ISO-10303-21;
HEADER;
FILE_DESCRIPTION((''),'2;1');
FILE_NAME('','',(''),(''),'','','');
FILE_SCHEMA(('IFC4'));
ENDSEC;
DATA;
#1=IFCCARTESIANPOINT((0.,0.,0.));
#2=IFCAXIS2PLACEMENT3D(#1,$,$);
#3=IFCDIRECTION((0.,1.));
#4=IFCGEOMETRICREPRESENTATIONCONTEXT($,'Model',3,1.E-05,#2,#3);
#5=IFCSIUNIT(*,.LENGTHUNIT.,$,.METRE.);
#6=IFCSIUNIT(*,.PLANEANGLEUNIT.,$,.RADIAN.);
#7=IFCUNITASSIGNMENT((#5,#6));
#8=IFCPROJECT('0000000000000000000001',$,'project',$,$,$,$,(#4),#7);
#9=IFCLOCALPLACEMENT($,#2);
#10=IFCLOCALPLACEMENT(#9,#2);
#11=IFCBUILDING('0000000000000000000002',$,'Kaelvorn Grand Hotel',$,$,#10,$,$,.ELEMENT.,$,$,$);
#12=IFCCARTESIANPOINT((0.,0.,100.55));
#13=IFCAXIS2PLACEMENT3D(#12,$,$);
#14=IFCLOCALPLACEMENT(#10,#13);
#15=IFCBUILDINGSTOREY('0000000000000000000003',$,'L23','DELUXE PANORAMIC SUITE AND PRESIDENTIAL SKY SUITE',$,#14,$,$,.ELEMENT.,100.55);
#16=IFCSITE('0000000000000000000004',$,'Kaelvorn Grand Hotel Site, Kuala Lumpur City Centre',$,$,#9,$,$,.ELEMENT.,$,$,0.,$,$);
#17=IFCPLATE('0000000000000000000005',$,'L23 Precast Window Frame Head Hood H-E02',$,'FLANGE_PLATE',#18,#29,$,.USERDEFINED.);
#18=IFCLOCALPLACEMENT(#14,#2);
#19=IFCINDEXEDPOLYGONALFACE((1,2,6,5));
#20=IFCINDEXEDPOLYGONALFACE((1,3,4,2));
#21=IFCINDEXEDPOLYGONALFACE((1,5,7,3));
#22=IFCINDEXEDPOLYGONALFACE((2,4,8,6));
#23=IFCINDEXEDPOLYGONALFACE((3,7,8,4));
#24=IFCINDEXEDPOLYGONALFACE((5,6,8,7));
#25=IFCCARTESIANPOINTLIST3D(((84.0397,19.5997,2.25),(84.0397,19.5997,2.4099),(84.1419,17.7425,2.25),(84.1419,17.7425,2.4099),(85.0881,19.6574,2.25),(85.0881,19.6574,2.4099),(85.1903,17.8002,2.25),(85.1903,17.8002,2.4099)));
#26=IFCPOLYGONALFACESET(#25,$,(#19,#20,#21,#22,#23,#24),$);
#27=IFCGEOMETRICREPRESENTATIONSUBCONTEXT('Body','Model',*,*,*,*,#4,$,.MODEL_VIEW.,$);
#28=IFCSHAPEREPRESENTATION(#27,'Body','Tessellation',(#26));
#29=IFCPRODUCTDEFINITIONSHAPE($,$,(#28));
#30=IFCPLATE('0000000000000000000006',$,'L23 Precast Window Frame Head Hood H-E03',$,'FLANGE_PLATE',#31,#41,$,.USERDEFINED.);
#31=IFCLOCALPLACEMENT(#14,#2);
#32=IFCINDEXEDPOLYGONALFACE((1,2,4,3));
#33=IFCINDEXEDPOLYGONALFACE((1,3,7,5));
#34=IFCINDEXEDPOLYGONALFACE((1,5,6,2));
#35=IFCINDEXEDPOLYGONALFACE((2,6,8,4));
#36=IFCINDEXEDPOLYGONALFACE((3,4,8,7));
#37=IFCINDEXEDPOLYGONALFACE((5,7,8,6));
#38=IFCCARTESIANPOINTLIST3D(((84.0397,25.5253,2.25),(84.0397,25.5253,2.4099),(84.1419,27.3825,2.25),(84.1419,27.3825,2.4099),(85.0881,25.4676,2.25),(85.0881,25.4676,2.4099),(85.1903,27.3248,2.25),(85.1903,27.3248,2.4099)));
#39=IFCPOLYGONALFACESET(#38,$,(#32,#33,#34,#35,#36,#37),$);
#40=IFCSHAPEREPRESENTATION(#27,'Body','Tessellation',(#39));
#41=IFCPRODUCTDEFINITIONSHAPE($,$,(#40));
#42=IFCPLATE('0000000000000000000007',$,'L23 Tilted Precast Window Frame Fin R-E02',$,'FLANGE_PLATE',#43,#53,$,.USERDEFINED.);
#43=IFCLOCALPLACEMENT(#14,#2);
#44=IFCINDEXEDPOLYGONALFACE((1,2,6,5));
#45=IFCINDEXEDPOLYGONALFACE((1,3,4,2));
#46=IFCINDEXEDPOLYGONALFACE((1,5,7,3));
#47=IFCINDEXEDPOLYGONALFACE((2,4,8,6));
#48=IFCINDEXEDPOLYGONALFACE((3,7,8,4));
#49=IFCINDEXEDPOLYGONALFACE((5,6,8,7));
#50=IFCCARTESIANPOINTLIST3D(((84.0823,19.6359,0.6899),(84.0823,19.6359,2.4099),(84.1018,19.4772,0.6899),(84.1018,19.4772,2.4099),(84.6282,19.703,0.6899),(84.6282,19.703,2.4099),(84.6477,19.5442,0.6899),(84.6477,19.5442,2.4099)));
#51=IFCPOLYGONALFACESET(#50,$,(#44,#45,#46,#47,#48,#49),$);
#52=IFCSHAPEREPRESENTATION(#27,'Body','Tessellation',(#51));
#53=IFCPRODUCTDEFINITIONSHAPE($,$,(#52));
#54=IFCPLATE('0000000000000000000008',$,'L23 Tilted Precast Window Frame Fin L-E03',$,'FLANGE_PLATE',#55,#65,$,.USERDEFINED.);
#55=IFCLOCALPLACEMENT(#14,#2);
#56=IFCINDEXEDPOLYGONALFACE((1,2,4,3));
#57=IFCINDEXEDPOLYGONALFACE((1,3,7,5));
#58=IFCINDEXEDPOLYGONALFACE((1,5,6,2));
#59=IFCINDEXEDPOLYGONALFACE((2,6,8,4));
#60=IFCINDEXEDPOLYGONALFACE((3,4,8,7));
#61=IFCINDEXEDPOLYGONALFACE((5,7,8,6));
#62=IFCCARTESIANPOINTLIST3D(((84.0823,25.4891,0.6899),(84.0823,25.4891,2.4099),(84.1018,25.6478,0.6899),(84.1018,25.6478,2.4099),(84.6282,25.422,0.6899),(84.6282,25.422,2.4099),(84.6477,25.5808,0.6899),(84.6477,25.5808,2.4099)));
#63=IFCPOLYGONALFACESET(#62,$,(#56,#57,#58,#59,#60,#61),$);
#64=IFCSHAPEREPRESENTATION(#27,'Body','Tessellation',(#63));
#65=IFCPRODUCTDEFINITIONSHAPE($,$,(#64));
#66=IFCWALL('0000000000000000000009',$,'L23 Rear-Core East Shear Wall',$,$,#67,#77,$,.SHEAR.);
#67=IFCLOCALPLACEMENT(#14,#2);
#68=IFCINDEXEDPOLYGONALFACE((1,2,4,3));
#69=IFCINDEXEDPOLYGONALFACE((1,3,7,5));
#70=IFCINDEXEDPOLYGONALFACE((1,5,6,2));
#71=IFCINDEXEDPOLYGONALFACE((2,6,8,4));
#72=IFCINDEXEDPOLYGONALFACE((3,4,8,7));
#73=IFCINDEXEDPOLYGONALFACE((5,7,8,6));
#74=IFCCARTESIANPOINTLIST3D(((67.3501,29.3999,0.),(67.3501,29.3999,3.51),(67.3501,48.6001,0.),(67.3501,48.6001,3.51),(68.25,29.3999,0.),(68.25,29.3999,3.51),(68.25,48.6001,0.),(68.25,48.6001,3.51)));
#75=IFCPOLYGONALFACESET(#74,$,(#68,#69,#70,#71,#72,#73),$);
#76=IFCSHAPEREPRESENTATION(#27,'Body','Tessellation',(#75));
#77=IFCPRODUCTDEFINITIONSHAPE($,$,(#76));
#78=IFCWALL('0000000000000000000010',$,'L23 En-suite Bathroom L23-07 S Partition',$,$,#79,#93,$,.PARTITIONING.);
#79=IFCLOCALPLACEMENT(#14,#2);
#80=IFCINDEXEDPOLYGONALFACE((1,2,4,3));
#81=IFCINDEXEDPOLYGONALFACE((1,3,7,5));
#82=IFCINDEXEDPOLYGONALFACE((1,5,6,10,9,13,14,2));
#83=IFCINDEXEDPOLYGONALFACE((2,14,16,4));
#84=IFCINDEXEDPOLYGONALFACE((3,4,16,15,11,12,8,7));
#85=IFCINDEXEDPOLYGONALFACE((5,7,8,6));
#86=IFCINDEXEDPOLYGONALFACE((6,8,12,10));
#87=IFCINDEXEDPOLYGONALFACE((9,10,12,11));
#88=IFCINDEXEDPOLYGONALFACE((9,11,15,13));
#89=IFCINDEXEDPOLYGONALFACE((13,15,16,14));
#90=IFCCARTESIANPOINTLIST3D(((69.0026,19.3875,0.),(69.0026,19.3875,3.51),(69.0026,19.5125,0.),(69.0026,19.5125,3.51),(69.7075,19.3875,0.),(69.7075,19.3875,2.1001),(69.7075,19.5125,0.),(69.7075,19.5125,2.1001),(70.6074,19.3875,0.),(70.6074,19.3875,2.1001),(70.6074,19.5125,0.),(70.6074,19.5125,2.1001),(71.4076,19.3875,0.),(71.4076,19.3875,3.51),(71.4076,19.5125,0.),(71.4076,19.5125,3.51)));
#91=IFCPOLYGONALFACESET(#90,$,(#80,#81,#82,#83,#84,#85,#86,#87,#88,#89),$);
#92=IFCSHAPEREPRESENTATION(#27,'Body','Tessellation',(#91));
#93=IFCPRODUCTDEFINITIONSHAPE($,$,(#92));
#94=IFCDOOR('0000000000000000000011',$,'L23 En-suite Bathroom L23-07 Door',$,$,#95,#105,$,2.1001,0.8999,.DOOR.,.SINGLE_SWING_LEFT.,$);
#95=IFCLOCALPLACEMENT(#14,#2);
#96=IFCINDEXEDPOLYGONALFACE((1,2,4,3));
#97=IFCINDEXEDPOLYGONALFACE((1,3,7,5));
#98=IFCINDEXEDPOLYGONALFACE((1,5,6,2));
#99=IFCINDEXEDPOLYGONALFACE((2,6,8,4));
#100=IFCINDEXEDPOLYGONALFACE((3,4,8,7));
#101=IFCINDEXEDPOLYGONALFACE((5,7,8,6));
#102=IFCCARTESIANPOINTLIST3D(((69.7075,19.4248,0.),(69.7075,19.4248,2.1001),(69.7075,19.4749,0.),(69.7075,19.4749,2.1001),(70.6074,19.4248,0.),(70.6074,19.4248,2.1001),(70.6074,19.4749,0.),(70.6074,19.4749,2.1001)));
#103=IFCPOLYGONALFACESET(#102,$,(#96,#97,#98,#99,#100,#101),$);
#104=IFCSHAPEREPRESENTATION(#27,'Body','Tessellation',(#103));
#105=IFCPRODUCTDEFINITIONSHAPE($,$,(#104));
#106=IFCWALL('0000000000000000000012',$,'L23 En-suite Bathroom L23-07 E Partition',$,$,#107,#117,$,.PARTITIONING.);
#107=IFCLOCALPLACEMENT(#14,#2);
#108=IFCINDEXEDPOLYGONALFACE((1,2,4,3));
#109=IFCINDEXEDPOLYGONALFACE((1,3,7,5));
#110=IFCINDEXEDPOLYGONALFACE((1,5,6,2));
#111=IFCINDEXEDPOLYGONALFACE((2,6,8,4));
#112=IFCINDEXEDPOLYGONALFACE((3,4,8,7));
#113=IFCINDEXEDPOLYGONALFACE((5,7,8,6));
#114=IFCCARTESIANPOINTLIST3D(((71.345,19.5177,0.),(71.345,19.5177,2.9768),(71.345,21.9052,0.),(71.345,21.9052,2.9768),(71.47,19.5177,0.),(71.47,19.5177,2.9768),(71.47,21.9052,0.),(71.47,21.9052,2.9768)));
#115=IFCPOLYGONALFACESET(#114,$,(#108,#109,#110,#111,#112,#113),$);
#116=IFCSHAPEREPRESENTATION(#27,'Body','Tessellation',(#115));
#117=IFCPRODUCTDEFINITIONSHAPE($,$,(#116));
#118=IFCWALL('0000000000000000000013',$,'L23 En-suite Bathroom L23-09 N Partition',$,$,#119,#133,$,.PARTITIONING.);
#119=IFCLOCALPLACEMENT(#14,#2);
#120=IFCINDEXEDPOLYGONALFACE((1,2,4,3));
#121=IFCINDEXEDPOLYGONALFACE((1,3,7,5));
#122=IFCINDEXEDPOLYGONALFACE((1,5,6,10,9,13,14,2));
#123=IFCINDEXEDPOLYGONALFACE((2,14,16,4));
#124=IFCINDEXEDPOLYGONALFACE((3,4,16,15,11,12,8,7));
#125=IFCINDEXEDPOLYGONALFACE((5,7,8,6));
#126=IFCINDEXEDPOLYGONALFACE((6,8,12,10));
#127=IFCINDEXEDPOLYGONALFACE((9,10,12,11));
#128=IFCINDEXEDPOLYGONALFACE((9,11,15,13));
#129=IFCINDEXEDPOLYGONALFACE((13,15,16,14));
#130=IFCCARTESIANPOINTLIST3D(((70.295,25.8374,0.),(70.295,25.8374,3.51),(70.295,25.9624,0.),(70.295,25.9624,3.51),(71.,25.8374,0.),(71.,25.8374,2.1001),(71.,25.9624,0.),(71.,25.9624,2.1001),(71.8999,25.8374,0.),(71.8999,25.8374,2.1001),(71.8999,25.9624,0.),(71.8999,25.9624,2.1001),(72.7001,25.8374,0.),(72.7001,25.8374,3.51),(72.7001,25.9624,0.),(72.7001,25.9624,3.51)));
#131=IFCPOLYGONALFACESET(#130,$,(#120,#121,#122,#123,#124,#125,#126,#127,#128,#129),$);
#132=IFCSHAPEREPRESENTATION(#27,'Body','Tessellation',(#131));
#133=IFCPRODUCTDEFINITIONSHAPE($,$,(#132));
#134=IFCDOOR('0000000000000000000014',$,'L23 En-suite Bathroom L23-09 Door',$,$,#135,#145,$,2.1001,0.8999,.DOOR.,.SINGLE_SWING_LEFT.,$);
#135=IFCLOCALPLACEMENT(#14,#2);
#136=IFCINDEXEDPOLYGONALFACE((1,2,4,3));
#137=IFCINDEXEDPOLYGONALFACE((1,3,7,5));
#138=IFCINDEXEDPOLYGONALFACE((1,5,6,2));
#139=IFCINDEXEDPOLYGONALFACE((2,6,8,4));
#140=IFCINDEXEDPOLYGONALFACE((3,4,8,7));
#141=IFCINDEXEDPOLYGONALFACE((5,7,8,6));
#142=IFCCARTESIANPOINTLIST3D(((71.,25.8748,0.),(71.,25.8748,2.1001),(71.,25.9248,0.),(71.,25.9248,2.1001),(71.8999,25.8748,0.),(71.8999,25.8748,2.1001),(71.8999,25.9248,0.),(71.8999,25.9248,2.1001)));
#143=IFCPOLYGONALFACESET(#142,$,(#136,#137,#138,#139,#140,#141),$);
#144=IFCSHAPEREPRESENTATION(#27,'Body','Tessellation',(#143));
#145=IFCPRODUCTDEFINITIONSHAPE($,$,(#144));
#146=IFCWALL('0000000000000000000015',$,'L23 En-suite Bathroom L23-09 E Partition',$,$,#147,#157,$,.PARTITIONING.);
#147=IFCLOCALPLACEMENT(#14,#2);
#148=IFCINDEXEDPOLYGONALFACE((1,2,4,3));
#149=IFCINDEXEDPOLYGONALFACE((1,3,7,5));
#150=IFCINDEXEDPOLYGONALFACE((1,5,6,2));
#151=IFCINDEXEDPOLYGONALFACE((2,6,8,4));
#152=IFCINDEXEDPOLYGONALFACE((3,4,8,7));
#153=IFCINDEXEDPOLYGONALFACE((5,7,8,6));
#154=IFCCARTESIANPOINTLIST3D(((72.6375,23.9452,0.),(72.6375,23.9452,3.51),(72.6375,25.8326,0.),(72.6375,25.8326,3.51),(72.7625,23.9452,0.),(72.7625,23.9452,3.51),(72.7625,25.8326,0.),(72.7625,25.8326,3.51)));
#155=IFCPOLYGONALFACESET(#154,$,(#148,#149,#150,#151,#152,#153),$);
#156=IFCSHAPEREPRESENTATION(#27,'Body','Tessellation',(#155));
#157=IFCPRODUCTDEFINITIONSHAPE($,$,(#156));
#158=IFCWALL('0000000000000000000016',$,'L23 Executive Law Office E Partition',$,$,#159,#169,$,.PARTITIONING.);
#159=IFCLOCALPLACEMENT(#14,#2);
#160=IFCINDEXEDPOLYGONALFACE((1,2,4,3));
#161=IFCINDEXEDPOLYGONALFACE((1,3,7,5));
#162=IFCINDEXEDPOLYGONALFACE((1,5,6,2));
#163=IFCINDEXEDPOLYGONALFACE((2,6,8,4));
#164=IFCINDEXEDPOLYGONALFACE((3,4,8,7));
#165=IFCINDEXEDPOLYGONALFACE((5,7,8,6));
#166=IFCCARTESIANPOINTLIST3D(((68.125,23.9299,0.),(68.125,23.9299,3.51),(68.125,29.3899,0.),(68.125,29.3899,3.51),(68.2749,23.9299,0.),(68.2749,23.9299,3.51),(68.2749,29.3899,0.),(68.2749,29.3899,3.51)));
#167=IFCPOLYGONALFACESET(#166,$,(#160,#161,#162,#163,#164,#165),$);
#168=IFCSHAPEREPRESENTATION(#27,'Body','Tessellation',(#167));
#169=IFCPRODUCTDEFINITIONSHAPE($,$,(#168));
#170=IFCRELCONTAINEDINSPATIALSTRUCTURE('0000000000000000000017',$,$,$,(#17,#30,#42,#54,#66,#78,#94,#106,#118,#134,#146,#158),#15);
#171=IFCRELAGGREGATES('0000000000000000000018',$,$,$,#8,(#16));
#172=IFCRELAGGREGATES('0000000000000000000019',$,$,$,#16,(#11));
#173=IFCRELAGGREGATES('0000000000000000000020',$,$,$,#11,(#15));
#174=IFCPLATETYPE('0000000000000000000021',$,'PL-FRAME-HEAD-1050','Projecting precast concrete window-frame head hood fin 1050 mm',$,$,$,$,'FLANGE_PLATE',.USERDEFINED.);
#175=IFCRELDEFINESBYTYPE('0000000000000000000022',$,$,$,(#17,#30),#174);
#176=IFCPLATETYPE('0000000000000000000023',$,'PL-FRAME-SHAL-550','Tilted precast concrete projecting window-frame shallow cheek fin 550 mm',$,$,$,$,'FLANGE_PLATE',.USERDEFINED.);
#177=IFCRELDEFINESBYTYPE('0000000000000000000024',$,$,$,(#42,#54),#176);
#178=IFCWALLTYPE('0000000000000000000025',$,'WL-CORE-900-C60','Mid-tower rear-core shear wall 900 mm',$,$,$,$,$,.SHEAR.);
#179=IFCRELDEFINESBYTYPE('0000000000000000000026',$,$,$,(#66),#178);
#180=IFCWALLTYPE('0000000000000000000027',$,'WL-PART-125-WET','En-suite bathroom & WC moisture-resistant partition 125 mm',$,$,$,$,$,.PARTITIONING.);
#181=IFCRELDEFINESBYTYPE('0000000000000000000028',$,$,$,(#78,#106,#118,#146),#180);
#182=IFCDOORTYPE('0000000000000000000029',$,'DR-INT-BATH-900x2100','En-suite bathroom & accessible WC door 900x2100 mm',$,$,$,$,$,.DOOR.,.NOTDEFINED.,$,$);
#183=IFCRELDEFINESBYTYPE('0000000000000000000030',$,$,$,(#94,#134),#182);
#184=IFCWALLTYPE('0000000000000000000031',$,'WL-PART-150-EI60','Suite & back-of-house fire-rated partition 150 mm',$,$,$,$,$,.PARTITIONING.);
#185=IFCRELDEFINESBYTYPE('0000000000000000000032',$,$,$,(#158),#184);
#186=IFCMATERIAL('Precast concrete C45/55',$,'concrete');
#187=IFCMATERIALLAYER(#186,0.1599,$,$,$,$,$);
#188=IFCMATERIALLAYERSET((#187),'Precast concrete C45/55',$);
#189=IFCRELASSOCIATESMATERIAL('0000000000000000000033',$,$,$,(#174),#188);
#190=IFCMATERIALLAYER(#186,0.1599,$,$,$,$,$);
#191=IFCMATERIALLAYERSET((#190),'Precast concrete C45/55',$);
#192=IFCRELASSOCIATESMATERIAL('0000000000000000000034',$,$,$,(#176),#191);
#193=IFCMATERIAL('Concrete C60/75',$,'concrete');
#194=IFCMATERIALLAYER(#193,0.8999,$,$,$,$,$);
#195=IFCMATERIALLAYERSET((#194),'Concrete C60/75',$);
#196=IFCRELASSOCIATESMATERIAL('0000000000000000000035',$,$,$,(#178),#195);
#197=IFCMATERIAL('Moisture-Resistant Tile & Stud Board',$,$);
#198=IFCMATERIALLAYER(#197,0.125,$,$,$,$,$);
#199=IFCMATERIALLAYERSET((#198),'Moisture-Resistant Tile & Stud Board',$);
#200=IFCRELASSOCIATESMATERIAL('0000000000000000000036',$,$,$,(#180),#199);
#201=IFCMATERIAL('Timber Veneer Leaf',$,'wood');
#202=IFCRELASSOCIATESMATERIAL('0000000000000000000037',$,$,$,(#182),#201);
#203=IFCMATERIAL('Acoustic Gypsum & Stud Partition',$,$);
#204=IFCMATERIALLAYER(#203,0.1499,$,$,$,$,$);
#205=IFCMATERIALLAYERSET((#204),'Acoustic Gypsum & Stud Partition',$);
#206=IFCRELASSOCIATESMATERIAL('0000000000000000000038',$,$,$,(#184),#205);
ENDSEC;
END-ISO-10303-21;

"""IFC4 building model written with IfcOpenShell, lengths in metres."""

from ifc_helpers import new_model, si_unit, direction, frame, frame_2d, origin, origin_2d, place, context, subcontext, project, spatial, rectangle, extrude, material, layer, layer_set, type_object, element, fill, save


model = new_model("IFC4")

# Units and contexts
model_context = context("Model", 3, precision=1e-05, world=origin(), true_north=direction((0.0, 1.0)))
body_context = subcontext(model_context, "Body", "Model", "MODEL_VIEW")
ifc_project = project(units=[si_unit("LENGTHUNIT", "METRE"), si_unit("PLANEANGLEUNIT", "RADIAN")], contexts=[model_context])

# Site, building, storey
site_placement = place(None, origin())
site = spatial("IfcSite", under=ifc_project, at=site_placement, Name="Kaelvorn Grand Hotel Site, Kuala Lumpur City Centre", CompositionType="ELEMENT", RefElevation=0.0)
building_placement = place(site_placement, origin())
building = spatial("IfcBuilding", under=site, at=building_placement, Name="Kaelvorn Grand Hotel", CompositionType="ELEMENT")
storey_placement = place(building_placement, frame((0.0, 0.0, 100.55)))
storey = spatial("IfcBuildingStorey", under=building, at=storey_placement, Name="L23", Description="DELUXE PANORAMIC SUITE AND PRESIDENTIAL SKY SUITE", CompositionType="ELEMENT", Elevation=100.55)

# Shared definitions
ifc_material_1 = material(Name="Concrete C60/75", Category="concrete")

# Plates
ifc_material_2 = material(Name="Precast concrete C45/55", Category="concrete")
ifc_layer_1 = layer(ifc_material_2, 0.1599)
ifc_layer_set_1 = layer_set([ifc_layer_1], Name="Precast concrete C45/55")
plate_type_1 = type_object("IfcPlateType", Name="PL-FRAME-HEAD-1050", Description="Projecting precast concrete window-frame head hood fin 1050 mm", ElementType="FLANGE_PLATE", PredefinedType="USERDEFINED", material=ifc_layer_set_1)
for number, where, z_axis, x_axis, name in (
    (1, (84.615, 18.7, 2.25), (0.0, 0.0, 1.0), (-0.05495, 0.998489, 0.0), "L23 Precast Window Frame Head Hood H-E02"),
    (2, (84.615, 26.425, 2.25), (0.0, 0.0, 1.0), (0.05495, 0.998489, 0.0), "L23 Precast Window Frame Head Hood H-E03"),
):
    element("IfcPlate", number, at=place(storey_placement, frame(where, z_axis=z_axis, x_axis=x_axis)), inside=storey, type_object=plate_type_1, Name=name, ObjectType="FLANGE_PLATE", PredefinedType="USERDEFINED", context=body_context, shape_type="SweptSolid", body=[
        extrude(rectangle(XDim=1.8601, YDim=1.05, at=origin_2d()), origin(), (0.0, 0.0, 1.0), 0.1599),
    ])
ifc_layer_2 = layer(ifc_material_2, 0.1599)
ifc_layer_set_2 = layer_set([ifc_layer_2], Name="Precast concrete C45/55")
plate_type_2 = type_object("IfcPlateType", Name="PL-FRAME-SHAL-550", Description="Tilted precast concrete projecting window-frame shallow cheek fin 550 mm", ElementType="FLANGE_PLATE", PredefinedType="USERDEFINED", material=ifc_layer_set_2)
for number, where, z_axis, x_axis, name in (
    (3, (84.365, 19.5901, 0.6899), (0.0, 0.0, 1.0), (-0.121869, 0.992546, 0.0), "L23 Tilted Precast Window Frame Fin R-E02"),
    (4, (84.365, 25.5349, 0.6899), (0.0, 0.0, 1.0), (0.121869, 0.992546, 0.0), "L23 Tilted Precast Window Frame Fin L-E03"),
):
    element("IfcPlate", number, at=place(storey_placement, frame(where, z_axis=z_axis, x_axis=x_axis)), inside=storey, type_object=plate_type_2, Name=name, ObjectType="FLANGE_PLATE", PredefinedType="USERDEFINED", context=body_context, shape_type="SweptSolid", body=[
        extrude(rectangle(XDim=0.1599, YDim=0.55, at=origin_2d()), origin(), (0.0, 0.0, 1.0), 1.72),
    ])

# Wall
ifc_layer_3 = layer(ifc_material_1, 0.8999)
ifc_layer_set_3 = layer_set([ifc_layer_3], Name="Concrete C60/75")
wall_type_1 = type_object("IfcWallType", Name="WL-CORE-900-C60", Description="Mid-tower rear-core shear wall 900 mm", PredefinedType="SHEAR", material=ifc_layer_set_3)
wall_1_placement = place(storey_placement, frame((67.8, 29.3999, 0.0), z_axis=(0.0, 0.0, 1.0), x_axis=(0.0, 1.0, 0.0)))
element("IfcWall", 5, at=wall_1_placement, inside=storey, type_object=wall_type_1, Name="L23 Rear-Core East Shear Wall", PredefinedType="SHEAR", context=body_context, shape_type="SweptSolid", body=[
    extrude(rectangle(XDim=19.2002, YDim=0.8999, at=frame_2d((9.6001, 0.0))), origin(), (0.0, 0.0, 1.0), 3.51),
])

# Wall, opening, door
ifc_material_3 = material(Name="Moisture-Resistant Tile & Stud Board")
ifc_layer_4 = layer(ifc_material_3, 0.125)
ifc_layer_set_4 = layer_set([ifc_layer_4], Name="Moisture-Resistant Tile & Stud Board")
wall_type_2 = type_object("IfcWallType", Name="WL-PART-125-WET", Description="En-suite bathroom & WC moisture-resistant partition 125 mm", PredefinedType="PARTITIONING", material=ifc_layer_set_4)
wall_2_placement = place(storey_placement, frame((69.0024, 19.45, 0.0), z_axis=(0.0, 0.0, 1.0), x_axis=(1.0, 0.0, 0.0)))
wall_2 = element("IfcWall", 6, at=wall_2_placement, inside=storey, type_object=wall_type_2, Name="L23 En-suite Bathroom L23-07 S Partition", PredefinedType="PARTITIONING", context=body_context, shape_type="SweptSolid", body=[
    extrude(rectangle(XDim=2.405, YDim=0.125, at=frame_2d((1.2026, 0.0))), origin(), (0.0, 0.0, 1.0), 3.51),
])
opening_1_placement = place(wall_2_placement, frame((0.7051, 0.0, 0.0)))
opening_1 = element("IfcOpeningElement", 7, at=opening_1_placement, cuts=wall_2, PredefinedType="OPENING", context=body_context, shape_type="SweptSolid", body=[
    extrude(rectangle(XDim=0.8999, YDim=2.1001, at=frame_2d((0.45, 1.05))), frame((0.0, 0.0725, 0.0), z_axis=(0.0, -1.0, 0.0), x_axis=(1.0, 0.0, 0.0)), (0.0, 0.0, 1.0), 0.145),
])
ifc_material_4 = material(Name="Timber Veneer Leaf", Category="wood")
door_type_1 = type_object("IfcDoorType", Name="DR-INT-BATH-900x2100", Description="En-suite bathroom & accessible WC door 900x2100 mm", OperationType="NOTDEFINED", PredefinedType="DOOR", material=ifc_material_4)
door_1_placement = place(opening_1_placement, origin())
door_1 = element("IfcDoor", 8, at=door_1_placement, inside=storey, type_object=door_type_1, Name="L23 En-suite Bathroom L23-07 Door", OperationType="SINGLE_SWING_LEFT", OverallHeight=2.1001, OverallWidth=0.8999, PredefinedType="DOOR", context=body_context, shape_type="SweptSolid", body=[
    extrude(rectangle(XDim=0.8999, YDim=2.1001, at=frame_2d((0.45, 1.05))), frame((0.0, 0.0249, 0.0), z_axis=(0.0, -1.0, 0.0), x_axis=(1.0, 0.0, 0.0)), (0.0, 0.0, 1.0), 0.05),
])
fill(opening_1, door_1)

# Wall
wall_3_placement = place(storey_placement, frame((71.4075, 19.5176, 0.0), z_axis=(0.0, 0.0, 1.0), x_axis=(0.0, 1.0, 0.0)))
element("IfcWall", 9, at=wall_3_placement, inside=storey, type_object=wall_type_2, Name="L23 En-suite Bathroom L23-07 E Partition", PredefinedType="PARTITIONING", context=body_context, shape_type="SweptSolid", body=[
    extrude(rectangle(XDim=2.3875, YDim=0.125, at=frame_2d((1.1938, 0.0))), origin(), (0.0, 0.0, 1.0), 2.9768),
])

# Wall, opening, door
wall_4_placement = place(storey_placement, frame((70.2949, 25.8999, 0.0), z_axis=(0.0, 0.0, 1.0), x_axis=(1.0, 0.0, 0.0)))
wall_4 = element("IfcWall", 10, at=wall_4_placement, inside=storey, type_object=wall_type_2, Name="L23 En-suite Bathroom L23-09 N Partition", PredefinedType="PARTITIONING", context=body_context, shape_type="SweptSolid", body=[
    extrude(rectangle(XDim=2.405, YDim=0.125, at=frame_2d((1.2026, 0.0))), origin(), (0.0, 0.0, 1.0), 3.51),
])
opening_2_placement = place(wall_4_placement, frame((0.7051, 0.0, 0.0)))
opening_2 = element("IfcOpeningElement", 11, at=opening_2_placement, cuts=wall_4, PredefinedType="OPENING", context=body_context, shape_type="SweptSolid", body=[
    extrude(rectangle(XDim=0.8999, YDim=2.1001, at=frame_2d((0.45, 1.05))), frame((0.0, 0.0725, 0.0), z_axis=(0.0, -1.0, 0.0), x_axis=(1.0, 0.0, 0.0)), (0.0, 0.0, 1.0), 0.145),
])
door_2_placement = place(opening_2_placement, origin())
door_2 = element("IfcDoor", 12, at=door_2_placement, inside=storey, type_object=door_type_1, Name="L23 En-suite Bathroom L23-09 Door", OperationType="SINGLE_SWING_LEFT", OverallHeight=2.1001, OverallWidth=0.8999, PredefinedType="DOOR", context=body_context, shape_type="SweptSolid", body=[
    extrude(rectangle(XDim=0.8999, YDim=2.1001, at=frame_2d((0.45, 1.05))), frame((0.0, 0.0249, 0.0), z_axis=(0.0, -1.0, 0.0), x_axis=(1.0, 0.0, 0.0)), (0.0, 0.0, 1.0), 0.05),
])
fill(opening_2, door_2)

# Walls
wall_5_placement = place(storey_placement, frame((72.7, 23.9451, 0.0), z_axis=(0.0, 0.0, 1.0), x_axis=(0.0, 1.0, 0.0)))
element("IfcWall", 13, at=wall_5_placement, inside=storey, type_object=wall_type_2, Name="L23 En-suite Bathroom L23-09 E Partition", PredefinedType="PARTITIONING", context=body_context, shape_type="SweptSolid", body=[
    extrude(rectangle(XDim=1.8875, YDim=0.125, at=frame_2d((0.9438, 0.0))), origin(), (0.0, 0.0, 1.0), 3.51),
])
ifc_material_5 = material(Name="Acoustic Gypsum & Stud Partition")
ifc_layer_5 = layer(ifc_material_5, 0.1499)
ifc_layer_set_5 = layer_set([ifc_layer_5], Name="Acoustic Gypsum & Stud Partition")
wall_type_3 = type_object("IfcWallType", Name="WL-PART-150-EI60", Description="Suite & back-of-house fire-rated partition 150 mm", PredefinedType="PARTITIONING", material=ifc_layer_set_5)
wall_6_placement = place(storey_placement, frame((68.2, 23.9299, 0.0), z_axis=(0.0, 0.0, 1.0), x_axis=(0.0, 1.0, 0.0)))
element("IfcWall", 14, at=wall_6_placement, inside=storey, type_object=wall_type_3, Name="L23 Executive Law Office E Partition", PredefinedType="PARTITIONING", context=body_context, shape_type="SweptSolid", body=[
    extrude(rectangle(XDim=5.46, YDim=0.1499, at=frame_2d((2.73, 0.0))), origin(), (0.0, 0.0, 1.0), 3.51),
])

save(model, "model.ifc")
